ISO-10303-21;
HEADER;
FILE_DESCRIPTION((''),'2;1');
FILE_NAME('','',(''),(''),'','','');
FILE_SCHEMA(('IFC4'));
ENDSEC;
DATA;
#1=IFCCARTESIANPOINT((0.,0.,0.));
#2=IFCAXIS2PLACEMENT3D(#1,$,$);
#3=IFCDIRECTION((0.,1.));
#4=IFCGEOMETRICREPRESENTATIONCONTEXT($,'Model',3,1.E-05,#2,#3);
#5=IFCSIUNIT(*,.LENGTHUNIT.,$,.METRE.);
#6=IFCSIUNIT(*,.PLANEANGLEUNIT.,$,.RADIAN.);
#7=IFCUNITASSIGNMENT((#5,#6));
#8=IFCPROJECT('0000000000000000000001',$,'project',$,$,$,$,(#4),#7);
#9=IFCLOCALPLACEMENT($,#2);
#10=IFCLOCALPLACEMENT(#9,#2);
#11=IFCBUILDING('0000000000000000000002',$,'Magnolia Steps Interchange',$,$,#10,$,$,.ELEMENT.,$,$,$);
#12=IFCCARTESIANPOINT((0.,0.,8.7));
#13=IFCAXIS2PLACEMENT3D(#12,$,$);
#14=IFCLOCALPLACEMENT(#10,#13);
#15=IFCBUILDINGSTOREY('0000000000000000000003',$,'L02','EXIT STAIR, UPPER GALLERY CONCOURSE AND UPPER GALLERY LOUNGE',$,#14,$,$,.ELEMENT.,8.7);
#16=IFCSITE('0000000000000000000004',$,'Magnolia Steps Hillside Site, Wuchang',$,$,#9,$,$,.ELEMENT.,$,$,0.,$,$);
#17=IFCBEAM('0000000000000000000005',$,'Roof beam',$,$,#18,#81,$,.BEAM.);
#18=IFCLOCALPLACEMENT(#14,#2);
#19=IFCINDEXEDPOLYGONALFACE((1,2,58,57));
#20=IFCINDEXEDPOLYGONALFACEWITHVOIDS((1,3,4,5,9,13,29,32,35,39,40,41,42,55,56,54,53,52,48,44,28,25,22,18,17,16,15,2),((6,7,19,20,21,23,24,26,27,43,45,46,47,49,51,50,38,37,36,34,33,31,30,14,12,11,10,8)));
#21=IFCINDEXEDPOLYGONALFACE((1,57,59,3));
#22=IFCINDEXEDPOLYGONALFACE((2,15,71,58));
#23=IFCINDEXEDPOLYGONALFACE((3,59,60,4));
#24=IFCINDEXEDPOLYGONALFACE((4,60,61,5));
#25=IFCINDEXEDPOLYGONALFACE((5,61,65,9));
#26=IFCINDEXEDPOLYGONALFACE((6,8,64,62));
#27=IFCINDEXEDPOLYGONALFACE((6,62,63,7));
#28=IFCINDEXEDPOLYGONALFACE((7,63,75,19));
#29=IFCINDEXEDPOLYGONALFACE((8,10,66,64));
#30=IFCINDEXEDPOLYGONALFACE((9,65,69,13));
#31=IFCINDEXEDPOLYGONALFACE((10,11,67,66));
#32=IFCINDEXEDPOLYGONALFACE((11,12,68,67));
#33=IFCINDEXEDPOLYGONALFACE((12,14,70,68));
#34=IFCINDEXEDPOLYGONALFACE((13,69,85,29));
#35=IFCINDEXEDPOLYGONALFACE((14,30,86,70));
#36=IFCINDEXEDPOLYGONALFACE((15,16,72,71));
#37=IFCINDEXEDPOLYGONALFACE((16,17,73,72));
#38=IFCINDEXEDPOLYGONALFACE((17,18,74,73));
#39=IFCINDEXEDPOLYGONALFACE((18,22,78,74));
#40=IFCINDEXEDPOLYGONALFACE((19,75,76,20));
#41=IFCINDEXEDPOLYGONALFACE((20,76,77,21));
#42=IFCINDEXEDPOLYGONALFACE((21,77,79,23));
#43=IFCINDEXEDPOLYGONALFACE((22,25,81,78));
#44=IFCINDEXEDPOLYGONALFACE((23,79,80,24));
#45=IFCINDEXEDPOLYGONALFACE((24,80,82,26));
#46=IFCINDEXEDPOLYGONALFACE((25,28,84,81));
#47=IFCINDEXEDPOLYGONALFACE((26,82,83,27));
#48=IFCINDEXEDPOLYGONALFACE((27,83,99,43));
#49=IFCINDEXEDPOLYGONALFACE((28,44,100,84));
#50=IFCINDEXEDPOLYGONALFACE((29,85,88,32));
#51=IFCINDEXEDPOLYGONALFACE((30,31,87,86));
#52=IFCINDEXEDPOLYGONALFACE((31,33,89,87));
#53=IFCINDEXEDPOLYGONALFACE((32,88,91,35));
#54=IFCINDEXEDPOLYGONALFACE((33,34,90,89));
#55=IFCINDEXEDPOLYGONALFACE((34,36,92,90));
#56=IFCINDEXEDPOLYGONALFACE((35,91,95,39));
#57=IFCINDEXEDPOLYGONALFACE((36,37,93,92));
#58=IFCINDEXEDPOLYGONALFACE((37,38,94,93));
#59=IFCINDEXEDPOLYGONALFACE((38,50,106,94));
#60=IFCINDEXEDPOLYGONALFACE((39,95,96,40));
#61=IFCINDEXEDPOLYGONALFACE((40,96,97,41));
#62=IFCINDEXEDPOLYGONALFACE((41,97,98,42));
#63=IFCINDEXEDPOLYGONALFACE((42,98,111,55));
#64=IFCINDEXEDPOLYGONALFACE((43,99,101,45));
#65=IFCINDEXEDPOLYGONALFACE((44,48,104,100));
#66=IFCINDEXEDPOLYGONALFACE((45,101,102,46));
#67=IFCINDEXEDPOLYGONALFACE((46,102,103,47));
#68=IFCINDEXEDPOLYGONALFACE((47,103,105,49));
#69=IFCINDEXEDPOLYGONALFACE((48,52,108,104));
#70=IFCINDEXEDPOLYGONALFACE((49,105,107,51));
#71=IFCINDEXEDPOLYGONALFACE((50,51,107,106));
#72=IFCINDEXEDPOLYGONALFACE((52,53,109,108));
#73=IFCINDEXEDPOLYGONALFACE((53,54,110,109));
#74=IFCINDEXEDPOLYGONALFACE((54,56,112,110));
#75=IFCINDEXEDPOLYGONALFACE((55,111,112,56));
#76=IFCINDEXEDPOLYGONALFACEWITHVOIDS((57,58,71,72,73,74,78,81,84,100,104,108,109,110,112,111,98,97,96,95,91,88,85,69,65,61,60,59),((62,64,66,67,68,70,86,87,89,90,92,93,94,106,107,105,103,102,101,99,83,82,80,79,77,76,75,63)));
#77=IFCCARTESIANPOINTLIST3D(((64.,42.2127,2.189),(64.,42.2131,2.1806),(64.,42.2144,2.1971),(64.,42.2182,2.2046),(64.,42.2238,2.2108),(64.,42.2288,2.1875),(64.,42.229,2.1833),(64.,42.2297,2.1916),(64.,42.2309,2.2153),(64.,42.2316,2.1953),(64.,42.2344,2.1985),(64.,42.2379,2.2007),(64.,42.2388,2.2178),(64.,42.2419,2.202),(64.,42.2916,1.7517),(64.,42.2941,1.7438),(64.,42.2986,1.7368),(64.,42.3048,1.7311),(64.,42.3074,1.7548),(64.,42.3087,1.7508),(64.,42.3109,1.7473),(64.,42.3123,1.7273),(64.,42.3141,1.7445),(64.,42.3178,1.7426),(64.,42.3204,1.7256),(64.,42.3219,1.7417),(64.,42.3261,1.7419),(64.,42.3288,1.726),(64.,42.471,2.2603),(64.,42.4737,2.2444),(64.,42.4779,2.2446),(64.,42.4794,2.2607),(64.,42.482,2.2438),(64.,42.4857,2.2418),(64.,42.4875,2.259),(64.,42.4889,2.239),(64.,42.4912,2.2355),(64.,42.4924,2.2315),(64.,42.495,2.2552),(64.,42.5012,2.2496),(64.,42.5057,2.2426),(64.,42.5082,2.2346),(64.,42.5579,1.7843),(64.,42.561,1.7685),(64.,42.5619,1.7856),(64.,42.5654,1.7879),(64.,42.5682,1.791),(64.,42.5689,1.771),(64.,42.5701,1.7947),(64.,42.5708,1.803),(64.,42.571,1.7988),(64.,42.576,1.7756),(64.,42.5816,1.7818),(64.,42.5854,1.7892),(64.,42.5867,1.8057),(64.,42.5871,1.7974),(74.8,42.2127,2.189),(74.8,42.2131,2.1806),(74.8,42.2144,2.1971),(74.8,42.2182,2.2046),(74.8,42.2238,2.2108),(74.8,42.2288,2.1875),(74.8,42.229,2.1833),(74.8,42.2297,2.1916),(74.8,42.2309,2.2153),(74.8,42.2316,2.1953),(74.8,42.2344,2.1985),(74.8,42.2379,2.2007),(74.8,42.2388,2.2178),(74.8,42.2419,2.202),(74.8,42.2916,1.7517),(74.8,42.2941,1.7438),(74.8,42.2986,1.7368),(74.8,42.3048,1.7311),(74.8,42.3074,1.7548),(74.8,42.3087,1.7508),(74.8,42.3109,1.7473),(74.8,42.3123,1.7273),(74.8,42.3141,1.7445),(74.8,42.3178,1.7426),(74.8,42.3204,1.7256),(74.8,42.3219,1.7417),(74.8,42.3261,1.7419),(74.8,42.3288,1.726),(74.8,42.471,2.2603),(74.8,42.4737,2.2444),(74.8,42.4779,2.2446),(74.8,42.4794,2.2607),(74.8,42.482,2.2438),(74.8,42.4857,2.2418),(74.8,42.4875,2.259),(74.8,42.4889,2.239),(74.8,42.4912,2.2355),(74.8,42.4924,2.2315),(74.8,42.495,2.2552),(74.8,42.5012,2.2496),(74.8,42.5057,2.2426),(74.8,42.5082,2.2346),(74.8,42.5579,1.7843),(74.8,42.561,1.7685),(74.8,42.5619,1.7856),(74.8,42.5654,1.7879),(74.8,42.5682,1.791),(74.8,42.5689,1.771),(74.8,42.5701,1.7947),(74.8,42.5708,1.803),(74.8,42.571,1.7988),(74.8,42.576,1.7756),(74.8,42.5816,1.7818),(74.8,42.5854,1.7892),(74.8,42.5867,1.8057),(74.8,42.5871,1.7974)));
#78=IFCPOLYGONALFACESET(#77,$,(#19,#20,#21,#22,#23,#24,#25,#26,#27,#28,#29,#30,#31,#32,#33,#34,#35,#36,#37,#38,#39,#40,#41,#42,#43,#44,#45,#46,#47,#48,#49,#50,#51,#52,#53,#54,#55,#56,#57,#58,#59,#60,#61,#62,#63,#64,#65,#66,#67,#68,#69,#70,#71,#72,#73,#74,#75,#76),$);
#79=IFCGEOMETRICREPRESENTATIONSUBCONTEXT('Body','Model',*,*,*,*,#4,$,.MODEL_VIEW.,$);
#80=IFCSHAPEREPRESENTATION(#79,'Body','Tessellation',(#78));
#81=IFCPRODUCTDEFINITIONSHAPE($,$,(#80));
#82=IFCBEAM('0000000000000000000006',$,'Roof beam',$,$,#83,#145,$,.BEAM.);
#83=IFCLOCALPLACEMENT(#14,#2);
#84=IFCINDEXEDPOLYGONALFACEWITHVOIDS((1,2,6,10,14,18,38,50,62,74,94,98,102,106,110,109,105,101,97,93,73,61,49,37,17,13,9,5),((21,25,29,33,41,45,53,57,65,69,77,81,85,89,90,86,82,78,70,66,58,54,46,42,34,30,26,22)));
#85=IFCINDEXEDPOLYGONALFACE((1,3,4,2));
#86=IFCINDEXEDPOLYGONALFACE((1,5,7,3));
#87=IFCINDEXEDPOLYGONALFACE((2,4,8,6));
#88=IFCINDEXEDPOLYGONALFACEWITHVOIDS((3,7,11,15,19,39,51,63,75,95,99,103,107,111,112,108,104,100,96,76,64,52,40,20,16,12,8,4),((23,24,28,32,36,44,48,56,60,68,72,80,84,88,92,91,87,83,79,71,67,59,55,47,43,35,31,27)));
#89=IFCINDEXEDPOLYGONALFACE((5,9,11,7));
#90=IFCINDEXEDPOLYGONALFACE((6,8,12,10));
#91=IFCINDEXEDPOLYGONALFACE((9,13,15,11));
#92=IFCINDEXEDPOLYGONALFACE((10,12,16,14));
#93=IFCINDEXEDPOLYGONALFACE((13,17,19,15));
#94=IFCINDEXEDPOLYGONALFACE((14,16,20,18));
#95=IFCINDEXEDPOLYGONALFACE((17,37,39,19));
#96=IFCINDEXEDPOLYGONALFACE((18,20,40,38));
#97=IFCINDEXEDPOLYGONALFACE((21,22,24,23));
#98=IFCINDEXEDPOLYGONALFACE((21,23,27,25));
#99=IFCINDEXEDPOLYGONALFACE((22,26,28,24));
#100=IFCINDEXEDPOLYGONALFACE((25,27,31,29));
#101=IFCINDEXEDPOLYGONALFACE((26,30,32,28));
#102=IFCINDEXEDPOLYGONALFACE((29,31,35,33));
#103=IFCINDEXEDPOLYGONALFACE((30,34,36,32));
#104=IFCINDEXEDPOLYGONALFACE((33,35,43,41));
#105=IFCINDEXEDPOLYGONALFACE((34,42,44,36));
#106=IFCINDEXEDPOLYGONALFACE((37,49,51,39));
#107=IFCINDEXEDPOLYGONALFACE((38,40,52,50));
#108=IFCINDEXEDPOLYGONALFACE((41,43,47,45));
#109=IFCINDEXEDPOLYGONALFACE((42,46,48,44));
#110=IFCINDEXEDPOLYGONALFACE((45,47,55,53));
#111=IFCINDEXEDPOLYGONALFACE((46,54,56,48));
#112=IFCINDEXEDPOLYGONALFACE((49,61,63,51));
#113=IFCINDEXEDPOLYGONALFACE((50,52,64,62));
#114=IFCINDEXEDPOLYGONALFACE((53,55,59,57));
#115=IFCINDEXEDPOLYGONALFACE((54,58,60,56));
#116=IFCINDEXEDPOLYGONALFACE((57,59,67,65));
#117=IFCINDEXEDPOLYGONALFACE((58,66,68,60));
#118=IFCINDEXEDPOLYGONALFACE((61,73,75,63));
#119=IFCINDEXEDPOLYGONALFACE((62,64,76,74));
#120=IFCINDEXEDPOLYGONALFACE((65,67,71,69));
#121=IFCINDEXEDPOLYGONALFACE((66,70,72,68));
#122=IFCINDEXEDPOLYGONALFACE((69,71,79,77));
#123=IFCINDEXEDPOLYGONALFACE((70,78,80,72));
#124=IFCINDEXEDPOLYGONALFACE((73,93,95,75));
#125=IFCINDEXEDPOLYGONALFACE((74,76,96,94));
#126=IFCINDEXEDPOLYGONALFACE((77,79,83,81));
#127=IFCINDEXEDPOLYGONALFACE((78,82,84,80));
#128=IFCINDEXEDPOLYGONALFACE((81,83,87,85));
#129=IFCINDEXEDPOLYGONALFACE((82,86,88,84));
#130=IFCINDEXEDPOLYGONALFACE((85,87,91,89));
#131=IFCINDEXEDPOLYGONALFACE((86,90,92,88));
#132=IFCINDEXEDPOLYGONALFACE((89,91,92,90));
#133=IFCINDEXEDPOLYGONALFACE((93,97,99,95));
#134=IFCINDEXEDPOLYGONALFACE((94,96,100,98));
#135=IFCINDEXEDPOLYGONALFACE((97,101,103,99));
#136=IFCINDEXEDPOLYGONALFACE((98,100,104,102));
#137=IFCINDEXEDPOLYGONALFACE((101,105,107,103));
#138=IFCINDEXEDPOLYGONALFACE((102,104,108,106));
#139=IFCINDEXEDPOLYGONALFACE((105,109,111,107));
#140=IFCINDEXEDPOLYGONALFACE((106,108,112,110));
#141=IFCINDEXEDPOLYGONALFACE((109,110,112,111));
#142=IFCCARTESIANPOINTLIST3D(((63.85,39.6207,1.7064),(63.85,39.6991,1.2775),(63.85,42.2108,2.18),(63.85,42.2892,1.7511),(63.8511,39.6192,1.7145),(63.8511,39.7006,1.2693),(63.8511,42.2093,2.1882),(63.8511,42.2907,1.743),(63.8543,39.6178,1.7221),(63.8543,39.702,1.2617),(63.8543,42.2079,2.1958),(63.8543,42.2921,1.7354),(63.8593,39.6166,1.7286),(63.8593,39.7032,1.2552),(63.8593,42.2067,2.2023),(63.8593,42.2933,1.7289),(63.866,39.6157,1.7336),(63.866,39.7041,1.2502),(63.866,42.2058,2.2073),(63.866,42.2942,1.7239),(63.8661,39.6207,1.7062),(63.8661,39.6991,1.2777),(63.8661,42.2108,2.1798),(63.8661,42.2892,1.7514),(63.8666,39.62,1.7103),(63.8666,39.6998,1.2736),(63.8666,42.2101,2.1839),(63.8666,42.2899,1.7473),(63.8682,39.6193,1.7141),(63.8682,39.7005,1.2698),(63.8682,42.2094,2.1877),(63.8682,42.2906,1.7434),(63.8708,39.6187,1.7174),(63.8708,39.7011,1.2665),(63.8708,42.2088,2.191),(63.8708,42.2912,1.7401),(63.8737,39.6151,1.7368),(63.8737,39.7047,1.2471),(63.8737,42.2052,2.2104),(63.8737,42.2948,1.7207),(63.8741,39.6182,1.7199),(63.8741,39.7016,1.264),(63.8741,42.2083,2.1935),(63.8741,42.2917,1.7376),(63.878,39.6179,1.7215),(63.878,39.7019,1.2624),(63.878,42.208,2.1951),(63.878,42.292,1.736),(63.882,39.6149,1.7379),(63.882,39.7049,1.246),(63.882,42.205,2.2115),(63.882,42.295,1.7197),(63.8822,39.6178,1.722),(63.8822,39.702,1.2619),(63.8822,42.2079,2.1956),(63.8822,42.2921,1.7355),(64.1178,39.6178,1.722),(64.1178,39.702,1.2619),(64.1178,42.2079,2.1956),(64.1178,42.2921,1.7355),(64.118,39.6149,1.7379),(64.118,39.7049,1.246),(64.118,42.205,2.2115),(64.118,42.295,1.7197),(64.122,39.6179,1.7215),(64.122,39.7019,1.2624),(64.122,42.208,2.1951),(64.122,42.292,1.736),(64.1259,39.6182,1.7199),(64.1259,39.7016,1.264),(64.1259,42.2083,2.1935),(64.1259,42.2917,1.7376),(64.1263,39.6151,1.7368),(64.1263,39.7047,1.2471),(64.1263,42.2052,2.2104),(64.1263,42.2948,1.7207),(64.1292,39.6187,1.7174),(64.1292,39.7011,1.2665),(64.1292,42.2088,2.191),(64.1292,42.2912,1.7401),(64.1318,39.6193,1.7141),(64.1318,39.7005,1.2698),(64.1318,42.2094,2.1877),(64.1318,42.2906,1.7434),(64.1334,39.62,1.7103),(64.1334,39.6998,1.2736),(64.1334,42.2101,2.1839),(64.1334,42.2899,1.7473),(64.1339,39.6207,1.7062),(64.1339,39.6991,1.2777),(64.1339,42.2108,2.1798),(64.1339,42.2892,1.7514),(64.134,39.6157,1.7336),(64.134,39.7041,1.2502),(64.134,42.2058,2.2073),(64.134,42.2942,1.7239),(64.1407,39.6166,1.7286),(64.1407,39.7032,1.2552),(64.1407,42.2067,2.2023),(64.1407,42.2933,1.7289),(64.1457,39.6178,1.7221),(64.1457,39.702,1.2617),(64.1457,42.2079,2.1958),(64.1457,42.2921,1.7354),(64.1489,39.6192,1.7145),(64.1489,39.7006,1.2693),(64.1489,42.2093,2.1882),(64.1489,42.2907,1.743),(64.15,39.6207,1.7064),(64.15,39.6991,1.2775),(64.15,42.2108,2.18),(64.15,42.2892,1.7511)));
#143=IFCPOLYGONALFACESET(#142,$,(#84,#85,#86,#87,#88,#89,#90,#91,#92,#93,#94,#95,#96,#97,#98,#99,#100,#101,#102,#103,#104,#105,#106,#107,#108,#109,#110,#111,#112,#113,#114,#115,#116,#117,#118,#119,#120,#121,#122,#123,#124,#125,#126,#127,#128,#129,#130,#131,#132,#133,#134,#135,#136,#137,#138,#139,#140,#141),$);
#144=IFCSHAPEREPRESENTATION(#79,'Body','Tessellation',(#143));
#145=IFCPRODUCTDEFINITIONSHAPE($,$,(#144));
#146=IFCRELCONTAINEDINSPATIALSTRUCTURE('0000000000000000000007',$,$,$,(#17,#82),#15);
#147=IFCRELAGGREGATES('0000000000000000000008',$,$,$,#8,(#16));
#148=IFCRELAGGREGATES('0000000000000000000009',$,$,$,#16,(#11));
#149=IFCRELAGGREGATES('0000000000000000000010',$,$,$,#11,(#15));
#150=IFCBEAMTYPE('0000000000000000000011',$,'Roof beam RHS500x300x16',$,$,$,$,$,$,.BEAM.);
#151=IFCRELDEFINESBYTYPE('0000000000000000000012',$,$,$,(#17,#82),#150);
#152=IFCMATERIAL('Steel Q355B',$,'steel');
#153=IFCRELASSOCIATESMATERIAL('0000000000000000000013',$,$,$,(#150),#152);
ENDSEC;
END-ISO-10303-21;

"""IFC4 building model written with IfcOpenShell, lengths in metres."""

from ifc_helpers import new_model, si_unit, direction, frame, origin, origin_2d, place, context, subcontext, project, spatial, hollow_rectangle, extrude, material, material_profile, profile_set, type_object, element, save


model = new_model("IFC4")

# Units and contexts
model_context = context("Model", 3, precision=1e-05, world=origin(), true_north=direction((0.0, 1.0)))
body_context = subcontext(model_context, "Body", "Model", "MODEL_VIEW")
ifc_project = project(units=[si_unit("LENGTHUNIT", "METRE"), si_unit("PLANEANGLEUNIT", "RADIAN")], contexts=[model_context])

# Site, building, storey
site_placement = place(None, origin())
site = spatial("IfcSite", under=ifc_project, at=site_placement, Name="Magnolia Steps Hillside Site, Wuchang", CompositionType="ELEMENT", RefElevation=0.0)
building_placement = place(site_placement, origin())
building = spatial("IfcBuilding", under=site, at=building_placement, Name="Magnolia Steps Interchange", CompositionType="ELEMENT")
storey_placement = place(building_placement, frame((0.0, 0.0, 8.7)))
storey = spatial("IfcBuildingStorey", under=building, at=storey_placement, Name="L02", Description="EXIT STAIR, UPPER GALLERY CONCOURSE AND UPPER GALLERY LOUNGE", CompositionType="ELEMENT", Elevation=8.7)

# Beams
ifc_material_1 = material(Name="Steel Q355B", Category="steel")
ifc_material_profile_1 = material_profile(ifc_material_1, hollow_rectangle(XDim=0.3, YDim=0.5, WallThickness=0.0161, InnerFilletRadius=0.0161, OuterFilletRadius=0.032, at=origin_2d()), Name="RHS500x300x16")
ifc_profile_set_1 = profile_set([ifc_material_profile_1], Name="Steel Q355B")
beam_type_1 = type_object("IfcBeamType", Name="Roof beam RHS500x300x16", PredefinedType="BEAM", material=ifc_profile_set_1)
beam_1_placement = place(storey_placement, frame((64.0, 42.3999, 1.9932), z_axis=(1.0, 0.0, 0.0), x_axis=(0.0, 0.983677, 0.179941)))
element("IfcBeam", 1, at=beam_1_placement, inside=storey, type_object=beam_type_1, Name="Roof beam", PredefinedType="BEAM", context=body_context, shape_type="SweptSolid", body=[
    extrude(hollow_rectangle(XDim=0.3, YDim=0.5, WallThickness=0.0161, InnerFilletRadius=0.0161, OuterFilletRadius=0.032, at=origin_2d()), origin(), (0.0, 0.0, 1.0), 10.8),
])
beam_2_placement = place(storey_placement, frame((64.0, 42.25, 1.9656), z_axis=(0.0, -0.983688, -0.179881), x_axis=(1.0, 0.0, 0.0)))
element("IfcBeam", 2, at=beam_2_placement, inside=storey, type_object=beam_type_1, Name="Roof beam", PredefinedType="BEAM", context=body_context, shape_type="SweptSolid", body=[
    extrude(hollow_rectangle(XDim=0.3, YDim=0.5, WallThickness=0.0161, InnerFilletRadius=0.0161, OuterFilletRadius=0.032, at=origin_2d()), origin(), (0.0, 0.0, 1.0), 2.6331),
])

save(model, "model.ifc")
